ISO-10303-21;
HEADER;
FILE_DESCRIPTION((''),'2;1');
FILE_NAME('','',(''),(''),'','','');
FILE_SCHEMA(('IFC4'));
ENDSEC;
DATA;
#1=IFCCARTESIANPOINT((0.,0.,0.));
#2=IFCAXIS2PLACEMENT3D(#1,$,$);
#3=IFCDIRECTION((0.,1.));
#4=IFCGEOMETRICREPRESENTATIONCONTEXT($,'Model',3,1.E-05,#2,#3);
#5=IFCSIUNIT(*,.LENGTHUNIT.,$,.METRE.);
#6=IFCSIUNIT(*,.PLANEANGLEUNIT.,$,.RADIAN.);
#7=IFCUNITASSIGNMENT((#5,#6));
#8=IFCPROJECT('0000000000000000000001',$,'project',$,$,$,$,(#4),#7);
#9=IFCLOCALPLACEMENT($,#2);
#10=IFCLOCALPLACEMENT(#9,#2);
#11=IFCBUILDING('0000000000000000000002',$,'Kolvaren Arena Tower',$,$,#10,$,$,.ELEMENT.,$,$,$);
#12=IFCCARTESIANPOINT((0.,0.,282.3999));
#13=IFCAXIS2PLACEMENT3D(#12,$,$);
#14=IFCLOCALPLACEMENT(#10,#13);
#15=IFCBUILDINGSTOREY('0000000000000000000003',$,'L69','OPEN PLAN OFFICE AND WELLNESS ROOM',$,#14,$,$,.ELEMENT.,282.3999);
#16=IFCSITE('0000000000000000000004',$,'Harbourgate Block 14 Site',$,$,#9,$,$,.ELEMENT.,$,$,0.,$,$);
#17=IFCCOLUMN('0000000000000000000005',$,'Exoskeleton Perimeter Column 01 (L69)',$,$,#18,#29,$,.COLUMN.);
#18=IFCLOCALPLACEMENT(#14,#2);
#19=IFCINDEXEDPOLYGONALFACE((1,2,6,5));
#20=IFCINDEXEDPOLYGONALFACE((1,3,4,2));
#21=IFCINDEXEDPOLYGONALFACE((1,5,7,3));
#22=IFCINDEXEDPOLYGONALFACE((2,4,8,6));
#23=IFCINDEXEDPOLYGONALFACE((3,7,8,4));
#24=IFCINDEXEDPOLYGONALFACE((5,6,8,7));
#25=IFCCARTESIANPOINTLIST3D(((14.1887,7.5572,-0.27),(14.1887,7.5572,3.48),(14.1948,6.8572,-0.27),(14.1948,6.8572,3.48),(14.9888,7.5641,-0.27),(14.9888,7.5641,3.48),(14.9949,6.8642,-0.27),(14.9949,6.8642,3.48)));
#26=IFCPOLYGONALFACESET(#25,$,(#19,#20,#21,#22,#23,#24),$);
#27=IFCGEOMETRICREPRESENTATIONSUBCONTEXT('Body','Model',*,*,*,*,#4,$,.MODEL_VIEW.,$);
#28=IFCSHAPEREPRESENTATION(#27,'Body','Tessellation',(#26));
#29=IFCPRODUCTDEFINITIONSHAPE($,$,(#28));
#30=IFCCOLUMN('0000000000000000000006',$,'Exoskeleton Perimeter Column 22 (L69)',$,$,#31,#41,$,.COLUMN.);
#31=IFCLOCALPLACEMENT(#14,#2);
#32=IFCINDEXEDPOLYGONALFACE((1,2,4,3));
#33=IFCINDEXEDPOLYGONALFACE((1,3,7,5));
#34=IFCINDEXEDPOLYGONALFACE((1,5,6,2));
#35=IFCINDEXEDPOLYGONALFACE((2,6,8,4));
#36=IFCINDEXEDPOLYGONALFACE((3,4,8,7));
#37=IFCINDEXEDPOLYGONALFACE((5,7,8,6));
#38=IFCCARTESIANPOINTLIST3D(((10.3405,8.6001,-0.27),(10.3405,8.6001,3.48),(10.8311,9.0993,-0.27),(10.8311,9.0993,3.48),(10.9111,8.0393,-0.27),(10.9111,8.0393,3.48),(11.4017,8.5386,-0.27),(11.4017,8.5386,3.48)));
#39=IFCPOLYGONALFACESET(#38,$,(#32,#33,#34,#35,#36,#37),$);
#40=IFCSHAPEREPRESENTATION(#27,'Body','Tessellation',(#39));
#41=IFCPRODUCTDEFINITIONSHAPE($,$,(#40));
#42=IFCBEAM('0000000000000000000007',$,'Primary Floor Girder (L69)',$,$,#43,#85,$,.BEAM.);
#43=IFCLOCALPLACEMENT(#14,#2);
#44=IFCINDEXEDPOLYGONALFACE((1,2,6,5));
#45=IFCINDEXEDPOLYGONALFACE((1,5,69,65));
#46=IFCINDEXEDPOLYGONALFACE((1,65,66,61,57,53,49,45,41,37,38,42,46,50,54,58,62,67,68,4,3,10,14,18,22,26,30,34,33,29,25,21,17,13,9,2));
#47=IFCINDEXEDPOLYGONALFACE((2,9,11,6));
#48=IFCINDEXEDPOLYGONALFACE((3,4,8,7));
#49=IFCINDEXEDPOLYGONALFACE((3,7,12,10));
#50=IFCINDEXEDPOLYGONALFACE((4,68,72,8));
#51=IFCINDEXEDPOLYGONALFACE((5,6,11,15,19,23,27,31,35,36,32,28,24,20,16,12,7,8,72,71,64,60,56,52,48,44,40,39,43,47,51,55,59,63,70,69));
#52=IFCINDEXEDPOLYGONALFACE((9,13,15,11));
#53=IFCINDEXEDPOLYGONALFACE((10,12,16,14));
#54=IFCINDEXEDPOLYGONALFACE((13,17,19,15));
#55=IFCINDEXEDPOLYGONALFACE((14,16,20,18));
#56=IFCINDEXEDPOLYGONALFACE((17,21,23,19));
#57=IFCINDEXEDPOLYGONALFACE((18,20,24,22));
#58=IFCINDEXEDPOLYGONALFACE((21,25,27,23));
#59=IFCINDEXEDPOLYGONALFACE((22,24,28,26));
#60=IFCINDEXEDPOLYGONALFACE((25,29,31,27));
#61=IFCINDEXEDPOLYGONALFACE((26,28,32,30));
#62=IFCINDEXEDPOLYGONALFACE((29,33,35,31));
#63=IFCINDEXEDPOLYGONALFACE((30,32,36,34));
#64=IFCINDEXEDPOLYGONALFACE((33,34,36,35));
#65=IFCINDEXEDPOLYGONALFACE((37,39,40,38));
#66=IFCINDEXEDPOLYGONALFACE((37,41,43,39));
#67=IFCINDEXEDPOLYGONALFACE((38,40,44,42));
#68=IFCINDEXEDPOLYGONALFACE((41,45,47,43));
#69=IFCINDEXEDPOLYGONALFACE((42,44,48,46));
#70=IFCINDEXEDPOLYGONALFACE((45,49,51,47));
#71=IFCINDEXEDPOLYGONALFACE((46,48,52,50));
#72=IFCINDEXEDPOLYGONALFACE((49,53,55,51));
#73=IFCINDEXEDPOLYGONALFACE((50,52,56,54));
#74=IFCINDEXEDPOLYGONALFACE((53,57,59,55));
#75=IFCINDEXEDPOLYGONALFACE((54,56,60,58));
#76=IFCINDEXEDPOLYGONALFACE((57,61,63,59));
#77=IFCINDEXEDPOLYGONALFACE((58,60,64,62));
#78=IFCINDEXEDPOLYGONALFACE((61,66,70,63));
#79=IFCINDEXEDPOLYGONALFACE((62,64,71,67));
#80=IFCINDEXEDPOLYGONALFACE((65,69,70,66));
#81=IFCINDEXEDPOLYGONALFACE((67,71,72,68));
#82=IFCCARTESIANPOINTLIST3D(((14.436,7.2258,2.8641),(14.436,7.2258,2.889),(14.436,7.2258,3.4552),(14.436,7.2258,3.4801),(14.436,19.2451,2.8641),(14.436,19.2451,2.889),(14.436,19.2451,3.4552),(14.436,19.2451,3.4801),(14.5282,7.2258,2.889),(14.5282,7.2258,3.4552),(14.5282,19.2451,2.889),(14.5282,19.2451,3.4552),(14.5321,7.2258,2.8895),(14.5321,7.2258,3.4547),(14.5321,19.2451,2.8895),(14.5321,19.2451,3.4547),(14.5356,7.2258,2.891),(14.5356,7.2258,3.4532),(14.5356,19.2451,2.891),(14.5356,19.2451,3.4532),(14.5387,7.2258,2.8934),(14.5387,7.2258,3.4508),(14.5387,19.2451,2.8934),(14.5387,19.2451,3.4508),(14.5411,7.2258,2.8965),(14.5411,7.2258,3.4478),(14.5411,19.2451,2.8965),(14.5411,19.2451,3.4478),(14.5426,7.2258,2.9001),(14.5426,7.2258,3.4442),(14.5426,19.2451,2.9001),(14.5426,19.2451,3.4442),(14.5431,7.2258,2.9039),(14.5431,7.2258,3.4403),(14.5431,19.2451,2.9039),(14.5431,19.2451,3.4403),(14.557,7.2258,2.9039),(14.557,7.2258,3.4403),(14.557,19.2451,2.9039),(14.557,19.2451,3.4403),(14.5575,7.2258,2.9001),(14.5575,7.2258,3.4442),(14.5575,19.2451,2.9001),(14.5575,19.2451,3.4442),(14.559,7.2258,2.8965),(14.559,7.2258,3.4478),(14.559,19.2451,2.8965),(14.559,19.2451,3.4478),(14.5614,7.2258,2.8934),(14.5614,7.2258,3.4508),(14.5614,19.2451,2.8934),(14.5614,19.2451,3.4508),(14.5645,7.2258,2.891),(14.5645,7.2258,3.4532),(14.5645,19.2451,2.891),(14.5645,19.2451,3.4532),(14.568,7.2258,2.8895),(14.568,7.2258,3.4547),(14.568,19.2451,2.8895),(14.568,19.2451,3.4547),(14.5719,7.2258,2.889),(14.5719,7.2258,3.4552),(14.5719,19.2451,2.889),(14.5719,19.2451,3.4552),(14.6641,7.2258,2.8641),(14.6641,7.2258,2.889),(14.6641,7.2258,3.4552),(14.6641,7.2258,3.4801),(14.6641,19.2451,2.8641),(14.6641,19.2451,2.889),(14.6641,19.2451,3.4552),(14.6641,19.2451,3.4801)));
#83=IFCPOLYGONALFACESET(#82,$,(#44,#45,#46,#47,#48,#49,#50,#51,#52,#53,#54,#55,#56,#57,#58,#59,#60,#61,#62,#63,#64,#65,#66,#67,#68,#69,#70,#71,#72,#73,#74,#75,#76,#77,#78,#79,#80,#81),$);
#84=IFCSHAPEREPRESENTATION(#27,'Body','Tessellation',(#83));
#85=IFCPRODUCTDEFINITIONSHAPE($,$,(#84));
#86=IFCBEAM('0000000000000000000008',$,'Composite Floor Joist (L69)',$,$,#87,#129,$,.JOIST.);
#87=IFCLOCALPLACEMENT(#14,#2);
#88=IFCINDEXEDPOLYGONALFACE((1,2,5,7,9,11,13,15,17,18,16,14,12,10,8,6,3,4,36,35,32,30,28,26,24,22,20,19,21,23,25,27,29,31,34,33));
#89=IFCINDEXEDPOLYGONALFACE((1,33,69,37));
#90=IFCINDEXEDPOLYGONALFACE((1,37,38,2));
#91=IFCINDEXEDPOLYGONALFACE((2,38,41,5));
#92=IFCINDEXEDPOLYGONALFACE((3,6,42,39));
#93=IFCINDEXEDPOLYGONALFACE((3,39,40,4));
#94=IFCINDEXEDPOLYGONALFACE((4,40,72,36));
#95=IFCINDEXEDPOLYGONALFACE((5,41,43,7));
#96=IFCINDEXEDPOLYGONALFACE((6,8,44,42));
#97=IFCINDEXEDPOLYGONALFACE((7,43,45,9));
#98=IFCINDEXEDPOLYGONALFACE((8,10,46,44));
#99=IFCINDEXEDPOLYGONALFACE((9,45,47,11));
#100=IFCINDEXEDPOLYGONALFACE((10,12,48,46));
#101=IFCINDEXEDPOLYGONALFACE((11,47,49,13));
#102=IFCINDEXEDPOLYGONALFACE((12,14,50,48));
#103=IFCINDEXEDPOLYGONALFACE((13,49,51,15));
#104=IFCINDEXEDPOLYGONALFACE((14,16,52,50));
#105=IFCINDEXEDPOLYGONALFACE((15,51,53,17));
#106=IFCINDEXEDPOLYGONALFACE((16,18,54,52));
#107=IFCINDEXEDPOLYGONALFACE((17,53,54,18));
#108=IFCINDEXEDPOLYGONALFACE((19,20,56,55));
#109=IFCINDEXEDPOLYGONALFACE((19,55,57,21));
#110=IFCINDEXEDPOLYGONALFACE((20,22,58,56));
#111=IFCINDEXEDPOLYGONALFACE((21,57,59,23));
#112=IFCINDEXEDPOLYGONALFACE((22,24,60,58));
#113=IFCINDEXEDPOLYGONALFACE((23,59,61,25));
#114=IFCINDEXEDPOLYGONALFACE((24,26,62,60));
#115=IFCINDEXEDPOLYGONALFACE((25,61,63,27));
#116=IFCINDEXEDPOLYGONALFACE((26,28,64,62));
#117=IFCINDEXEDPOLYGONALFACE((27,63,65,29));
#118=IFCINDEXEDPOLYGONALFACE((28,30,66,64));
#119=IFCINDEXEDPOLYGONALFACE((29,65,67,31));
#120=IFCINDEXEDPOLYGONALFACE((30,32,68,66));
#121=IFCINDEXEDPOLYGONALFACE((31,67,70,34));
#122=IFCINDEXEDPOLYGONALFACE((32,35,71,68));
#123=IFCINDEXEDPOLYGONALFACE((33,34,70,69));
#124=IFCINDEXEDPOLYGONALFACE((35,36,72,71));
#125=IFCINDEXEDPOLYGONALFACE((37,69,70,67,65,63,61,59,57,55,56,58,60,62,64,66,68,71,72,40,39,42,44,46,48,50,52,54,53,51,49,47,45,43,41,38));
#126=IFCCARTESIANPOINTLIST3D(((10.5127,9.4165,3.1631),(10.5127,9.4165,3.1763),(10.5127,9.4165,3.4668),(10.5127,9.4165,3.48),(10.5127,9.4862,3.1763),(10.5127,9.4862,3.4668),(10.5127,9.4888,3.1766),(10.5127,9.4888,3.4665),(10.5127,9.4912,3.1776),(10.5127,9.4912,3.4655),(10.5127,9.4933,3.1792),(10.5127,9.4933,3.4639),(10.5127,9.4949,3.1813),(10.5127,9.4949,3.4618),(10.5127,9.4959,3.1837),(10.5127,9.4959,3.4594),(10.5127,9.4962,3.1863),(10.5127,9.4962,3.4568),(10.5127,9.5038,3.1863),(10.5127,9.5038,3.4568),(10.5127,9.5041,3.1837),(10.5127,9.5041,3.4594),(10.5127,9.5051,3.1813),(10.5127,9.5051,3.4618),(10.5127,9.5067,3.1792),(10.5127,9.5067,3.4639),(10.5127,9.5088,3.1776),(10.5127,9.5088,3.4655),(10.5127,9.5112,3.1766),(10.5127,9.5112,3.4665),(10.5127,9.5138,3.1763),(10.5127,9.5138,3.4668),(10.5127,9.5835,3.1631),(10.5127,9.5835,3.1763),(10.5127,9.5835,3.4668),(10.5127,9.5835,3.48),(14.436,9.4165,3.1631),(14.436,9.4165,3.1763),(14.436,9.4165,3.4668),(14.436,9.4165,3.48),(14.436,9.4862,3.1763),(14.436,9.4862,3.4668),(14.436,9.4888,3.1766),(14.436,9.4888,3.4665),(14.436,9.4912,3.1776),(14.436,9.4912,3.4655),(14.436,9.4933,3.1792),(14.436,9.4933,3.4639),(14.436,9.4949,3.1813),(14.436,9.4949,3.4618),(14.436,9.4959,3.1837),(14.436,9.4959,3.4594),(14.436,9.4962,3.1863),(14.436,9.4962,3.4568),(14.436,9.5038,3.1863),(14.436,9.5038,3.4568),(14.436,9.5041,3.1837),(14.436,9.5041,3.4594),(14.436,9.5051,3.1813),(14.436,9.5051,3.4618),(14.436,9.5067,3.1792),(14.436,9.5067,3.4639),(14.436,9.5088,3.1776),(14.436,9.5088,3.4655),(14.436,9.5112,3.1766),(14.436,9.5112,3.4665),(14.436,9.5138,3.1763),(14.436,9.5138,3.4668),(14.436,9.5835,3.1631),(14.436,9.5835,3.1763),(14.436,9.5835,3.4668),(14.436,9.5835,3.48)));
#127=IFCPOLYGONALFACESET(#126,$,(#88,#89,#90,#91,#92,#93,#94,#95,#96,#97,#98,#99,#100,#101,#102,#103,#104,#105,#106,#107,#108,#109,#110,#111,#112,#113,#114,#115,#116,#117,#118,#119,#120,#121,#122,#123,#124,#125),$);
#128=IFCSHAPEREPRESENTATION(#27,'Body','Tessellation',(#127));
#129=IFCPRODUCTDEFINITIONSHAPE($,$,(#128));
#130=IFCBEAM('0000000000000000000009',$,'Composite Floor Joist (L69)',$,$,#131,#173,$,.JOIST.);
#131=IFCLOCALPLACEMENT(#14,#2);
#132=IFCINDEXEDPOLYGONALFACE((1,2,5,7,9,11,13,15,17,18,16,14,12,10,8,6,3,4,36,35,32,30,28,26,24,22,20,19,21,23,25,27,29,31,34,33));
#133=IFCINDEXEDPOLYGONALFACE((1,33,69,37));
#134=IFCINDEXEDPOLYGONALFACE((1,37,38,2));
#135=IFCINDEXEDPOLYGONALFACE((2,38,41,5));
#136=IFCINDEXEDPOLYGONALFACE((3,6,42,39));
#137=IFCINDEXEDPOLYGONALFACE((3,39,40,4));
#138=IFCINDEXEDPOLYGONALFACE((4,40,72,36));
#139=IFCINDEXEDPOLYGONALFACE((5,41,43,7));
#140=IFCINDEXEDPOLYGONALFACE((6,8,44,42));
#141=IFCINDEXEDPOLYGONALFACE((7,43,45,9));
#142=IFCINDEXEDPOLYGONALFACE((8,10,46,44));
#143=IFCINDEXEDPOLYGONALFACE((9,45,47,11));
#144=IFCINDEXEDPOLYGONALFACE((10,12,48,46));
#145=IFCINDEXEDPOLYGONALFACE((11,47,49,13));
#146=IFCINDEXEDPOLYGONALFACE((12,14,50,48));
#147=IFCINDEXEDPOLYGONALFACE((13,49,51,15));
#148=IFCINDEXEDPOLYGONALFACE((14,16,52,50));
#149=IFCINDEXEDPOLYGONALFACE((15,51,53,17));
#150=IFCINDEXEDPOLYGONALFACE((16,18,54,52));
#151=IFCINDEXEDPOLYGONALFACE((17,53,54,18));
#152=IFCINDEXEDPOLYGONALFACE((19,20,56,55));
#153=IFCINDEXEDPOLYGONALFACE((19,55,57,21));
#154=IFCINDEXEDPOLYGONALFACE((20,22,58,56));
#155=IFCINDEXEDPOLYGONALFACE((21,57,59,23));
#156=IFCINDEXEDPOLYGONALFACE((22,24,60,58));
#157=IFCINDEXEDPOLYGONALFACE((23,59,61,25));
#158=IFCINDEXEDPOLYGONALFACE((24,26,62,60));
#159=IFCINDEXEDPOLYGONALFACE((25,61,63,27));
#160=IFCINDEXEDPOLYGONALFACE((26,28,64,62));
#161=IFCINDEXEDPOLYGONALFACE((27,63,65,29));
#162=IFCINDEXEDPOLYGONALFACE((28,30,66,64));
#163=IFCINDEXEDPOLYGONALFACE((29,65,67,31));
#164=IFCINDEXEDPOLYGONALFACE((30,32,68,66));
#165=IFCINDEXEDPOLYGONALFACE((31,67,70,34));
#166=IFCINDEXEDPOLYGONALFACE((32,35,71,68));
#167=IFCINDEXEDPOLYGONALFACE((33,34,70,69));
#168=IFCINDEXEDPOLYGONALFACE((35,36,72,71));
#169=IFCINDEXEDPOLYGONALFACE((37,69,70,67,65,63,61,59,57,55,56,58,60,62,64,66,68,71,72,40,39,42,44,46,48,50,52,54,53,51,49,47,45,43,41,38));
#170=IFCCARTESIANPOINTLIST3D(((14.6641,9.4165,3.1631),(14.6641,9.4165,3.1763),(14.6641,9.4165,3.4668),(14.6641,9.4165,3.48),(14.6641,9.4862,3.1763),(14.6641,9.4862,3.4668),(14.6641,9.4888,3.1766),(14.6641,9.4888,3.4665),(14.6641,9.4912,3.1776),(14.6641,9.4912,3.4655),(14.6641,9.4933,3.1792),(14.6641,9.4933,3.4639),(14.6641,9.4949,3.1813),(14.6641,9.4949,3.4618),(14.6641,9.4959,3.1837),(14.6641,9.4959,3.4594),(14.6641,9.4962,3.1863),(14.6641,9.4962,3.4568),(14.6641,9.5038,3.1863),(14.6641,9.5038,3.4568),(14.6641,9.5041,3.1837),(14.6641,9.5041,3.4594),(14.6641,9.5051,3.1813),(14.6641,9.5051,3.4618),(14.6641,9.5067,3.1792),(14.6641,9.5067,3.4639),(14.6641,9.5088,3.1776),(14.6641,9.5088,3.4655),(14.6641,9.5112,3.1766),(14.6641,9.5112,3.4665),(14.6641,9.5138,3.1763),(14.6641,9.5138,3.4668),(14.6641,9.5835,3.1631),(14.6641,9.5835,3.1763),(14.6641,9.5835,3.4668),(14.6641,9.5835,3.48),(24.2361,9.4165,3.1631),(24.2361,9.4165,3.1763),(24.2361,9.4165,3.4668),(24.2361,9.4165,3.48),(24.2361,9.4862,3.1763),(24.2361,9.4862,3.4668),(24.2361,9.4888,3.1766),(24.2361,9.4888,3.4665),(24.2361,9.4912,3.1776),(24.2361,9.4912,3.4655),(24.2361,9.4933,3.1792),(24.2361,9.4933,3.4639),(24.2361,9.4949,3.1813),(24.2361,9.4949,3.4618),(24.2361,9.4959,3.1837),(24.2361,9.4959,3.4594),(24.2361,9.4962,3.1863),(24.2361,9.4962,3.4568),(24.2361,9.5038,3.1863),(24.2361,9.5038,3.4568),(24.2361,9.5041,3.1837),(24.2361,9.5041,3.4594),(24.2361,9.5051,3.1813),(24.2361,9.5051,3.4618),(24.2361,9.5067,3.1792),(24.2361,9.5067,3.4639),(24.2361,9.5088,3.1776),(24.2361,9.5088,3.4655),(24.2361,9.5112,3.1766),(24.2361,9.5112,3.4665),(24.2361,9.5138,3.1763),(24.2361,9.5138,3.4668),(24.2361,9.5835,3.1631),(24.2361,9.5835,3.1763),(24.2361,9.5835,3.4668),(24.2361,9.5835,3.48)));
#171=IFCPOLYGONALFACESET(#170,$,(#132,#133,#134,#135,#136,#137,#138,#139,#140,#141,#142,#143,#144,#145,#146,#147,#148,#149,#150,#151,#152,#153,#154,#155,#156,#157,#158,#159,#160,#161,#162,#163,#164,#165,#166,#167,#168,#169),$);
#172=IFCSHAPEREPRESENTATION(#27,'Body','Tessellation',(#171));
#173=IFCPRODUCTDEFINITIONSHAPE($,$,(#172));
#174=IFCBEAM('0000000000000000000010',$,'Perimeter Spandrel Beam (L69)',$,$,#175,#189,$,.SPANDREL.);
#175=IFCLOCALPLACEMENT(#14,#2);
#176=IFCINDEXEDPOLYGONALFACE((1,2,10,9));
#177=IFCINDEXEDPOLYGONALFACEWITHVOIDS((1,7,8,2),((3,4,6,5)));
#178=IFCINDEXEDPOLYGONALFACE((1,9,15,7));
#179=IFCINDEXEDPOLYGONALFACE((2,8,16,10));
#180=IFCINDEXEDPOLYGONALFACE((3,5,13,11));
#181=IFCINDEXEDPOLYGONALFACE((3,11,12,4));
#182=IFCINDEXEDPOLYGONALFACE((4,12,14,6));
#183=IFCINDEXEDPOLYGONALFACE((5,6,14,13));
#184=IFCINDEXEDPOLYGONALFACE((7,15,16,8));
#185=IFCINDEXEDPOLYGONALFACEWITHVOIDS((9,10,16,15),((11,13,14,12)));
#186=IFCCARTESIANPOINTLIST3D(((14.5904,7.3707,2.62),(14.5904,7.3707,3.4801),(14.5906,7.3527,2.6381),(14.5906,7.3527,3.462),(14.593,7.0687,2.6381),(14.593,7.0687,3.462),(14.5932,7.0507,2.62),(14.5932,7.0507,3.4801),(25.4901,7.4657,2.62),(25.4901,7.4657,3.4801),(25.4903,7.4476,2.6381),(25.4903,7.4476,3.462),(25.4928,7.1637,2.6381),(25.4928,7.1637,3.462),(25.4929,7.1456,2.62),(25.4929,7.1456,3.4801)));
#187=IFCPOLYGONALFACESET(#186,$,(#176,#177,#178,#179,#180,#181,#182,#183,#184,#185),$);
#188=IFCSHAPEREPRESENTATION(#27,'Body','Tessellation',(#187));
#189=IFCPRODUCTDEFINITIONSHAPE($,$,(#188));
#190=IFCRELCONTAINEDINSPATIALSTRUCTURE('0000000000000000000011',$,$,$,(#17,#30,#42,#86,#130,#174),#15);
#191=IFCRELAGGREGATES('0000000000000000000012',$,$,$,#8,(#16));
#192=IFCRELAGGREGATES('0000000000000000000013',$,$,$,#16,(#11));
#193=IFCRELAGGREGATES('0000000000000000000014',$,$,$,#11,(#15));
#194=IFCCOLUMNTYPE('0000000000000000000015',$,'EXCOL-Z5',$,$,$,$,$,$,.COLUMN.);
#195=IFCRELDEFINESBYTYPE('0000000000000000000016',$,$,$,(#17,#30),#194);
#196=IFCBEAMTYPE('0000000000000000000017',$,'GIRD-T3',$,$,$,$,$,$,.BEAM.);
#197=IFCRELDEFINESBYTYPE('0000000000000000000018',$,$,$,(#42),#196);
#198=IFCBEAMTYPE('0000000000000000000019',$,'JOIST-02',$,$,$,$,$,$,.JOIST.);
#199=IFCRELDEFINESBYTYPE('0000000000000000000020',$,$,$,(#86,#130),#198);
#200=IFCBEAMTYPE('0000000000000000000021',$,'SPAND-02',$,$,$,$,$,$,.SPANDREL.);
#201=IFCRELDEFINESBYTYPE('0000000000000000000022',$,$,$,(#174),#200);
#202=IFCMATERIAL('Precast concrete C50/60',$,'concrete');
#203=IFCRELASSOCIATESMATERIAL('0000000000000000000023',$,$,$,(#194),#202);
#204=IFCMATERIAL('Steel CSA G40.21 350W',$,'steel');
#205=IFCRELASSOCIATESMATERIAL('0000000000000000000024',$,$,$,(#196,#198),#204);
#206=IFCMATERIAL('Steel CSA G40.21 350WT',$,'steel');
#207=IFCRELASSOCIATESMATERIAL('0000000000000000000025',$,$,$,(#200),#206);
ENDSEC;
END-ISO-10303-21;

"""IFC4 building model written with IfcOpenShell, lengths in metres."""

from ifc_helpers import new_model, si_unit, direction, frame, origin, origin_2d, place, context, subcontext, project, spatial, rectangle, hollow_rectangle, i_section, extrude, material, material_profile, profile_set, type_object, element, save


model = new_model("IFC4")

# Units and contexts
model_context = context("Model", 3, precision=1e-05, world=origin(), true_north=direction((0.0, 1.0)))
body_context = subcontext(model_context, "Body", "Model", "MODEL_VIEW")
ifc_project = project(units=[si_unit("LENGTHUNIT", "METRE"), si_unit("PLANEANGLEUNIT", "RADIAN")], contexts=[model_context])

# Site, building, storey
site_placement = place(None, origin())
site = spatial("IfcSite", under=ifc_project, at=site_placement, Name="Harbourgate Block 14 Site", CompositionType="ELEMENT", RefElevation=0.0)
building_placement = place(site_placement, origin())
building = spatial("IfcBuilding", under=site, at=building_placement, Name="Kolvaren Arena Tower", CompositionType="ELEMENT")
storey_placement = place(building_placement, frame((0.0, 0.0, 282.3999)))
storey = spatial("IfcBuildingStorey", under=building, at=storey_placement, Name="L69", Description="OPEN PLAN OFFICE AND WELLNESS ROOM", CompositionType="ELEMENT", Elevation=282.3999)

# Columns
ifc_material_1 = material(Name="Precast concrete C50/60", Category="concrete")
ifc_material_profile_1 = material_profile(ifc_material_1, rectangle(XDim=0.8, YDim=0.7, at=origin_2d()), Name="RC-800x700")
ifc_profile_set_1 = profile_set([ifc_material_profile_1], Name="Precast concrete C50/60")
column_type = type_object("IfcColumnType", Name="EXCOL-Z5", PredefinedType="COLUMN", material=ifc_profile_set_1)
for number, where, z_axis, x_axis, name in (
    (1, (14.5918, 7.2107, -0.27), (0.0, 0.0, 1.0), (0.999962, 0.008727, 0.0), "Exoskeleton Perimeter Column 01 (L69)"),
    (2, (10.8711, 8.5693, -0.27), (0.0, 0.0, 1.0), (-0.71325, 0.700909, 0.0), "Exoskeleton Perimeter Column 22 (L69)"),
):
    element("IfcColumn", number, at=place(storey_placement, frame(where, z_axis=z_axis, x_axis=x_axis)), inside=storey, type_object=column_type, Name=name, PredefinedType="COLUMN", context=body_context, shape_type="SweptSolid", body=[
        extrude(rectangle(XDim=0.8, YDim=0.7, at=origin_2d()), origin(), (0.0, 0.0, 1.0), 3.75),
    ])

# Beams
ifc_material_2 = material(Name="Steel CSA G40.21 350W", Category="steel")
ifc_material_profile_2 = material_profile(ifc_material_2, i_section(OverallWidth=0.228, OverallDepth=0.616, WebThickness=0.0139, FlangeThickness=0.0249, FilletRadius=0.0149, at=origin_2d()), Name="W610x174")
ifc_profile_set_2 = profile_set([ifc_material_profile_2], Name="Steel CSA G40.21 350W")
beam_type_1 = type_object("IfcBeamType", Name="GIRD-T3", PredefinedType="BEAM", material=ifc_profile_set_2)
beam_1_placement = place(storey_placement, frame((14.55, 7.2258, 3.1721), z_axis=(0.0, 1.0, 0.0), x_axis=(-1.0, 0.0, 0.0)))
element("IfcBeam", 3, at=beam_1_placement, inside=storey, type_object=beam_type_1, Name="Primary Floor Girder (L69)", PredefinedType="BEAM", context=body_context, shape_type="SweptSolid", body=[
    extrude(i_section(OverallWidth=0.228, OverallDepth=0.616, WebThickness=0.0139, FlangeThickness=0.0249, FilletRadius=0.0149, at=origin_2d()), origin(), (0.0, 0.0, 1.0), 12.0193),
])
ifc_material_profile_3 = material_profile(ifc_material_2, i_section(OverallWidth=0.167, OverallDepth=0.3169, WebThickness=0.0076, FlangeThickness=0.0132, FilletRadius=0.01, at=origin_2d()), Name="W310x52")
ifc_profile_set_3 = profile_set([ifc_material_profile_3], Name="Steel CSA G40.21 350W")
beam_type_2 = type_object("IfcBeamType", Name="JOIST-02", PredefinedType="JOIST", material=ifc_profile_set_3)
beam_2_placement = place(storey_placement, frame((10.5127, 9.5, 3.3215), z_axis=(1.0, 0.0, 0.0), x_axis=(0.0, 1.0, 0.0)))
element("IfcBeam", 4, at=beam_2_placement, inside=storey, type_object=beam_type_2, Name="Composite Floor Joist (L69)", PredefinedType="JOIST", context=body_context, shape_type="SweptSolid", body=[
    extrude(i_section(OverallWidth=0.167, OverallDepth=0.3169, WebThickness=0.0076, FlangeThickness=0.0132, FilletRadius=0.01, at=origin_2d()), origin(), (0.0, 0.0, 1.0), 3.9233),
])
beam_3_placement = place(storey_placement, frame((14.6641, 9.5, 3.3215), z_axis=(1.0, 0.0, 0.0), x_axis=(0.0, 1.0, 0.0)))
element("IfcBeam", 5, at=beam_3_placement, inside=storey, type_object=beam_type_2, Name="Composite Floor Joist (L69)", PredefinedType="JOIST", context=body_context, shape_type="SweptSolid", body=[
    extrude(i_section(OverallWidth=0.167, OverallDepth=0.3169, WebThickness=0.0076, FlangeThickness=0.0132, FilletRadius=0.01, at=origin_2d()), origin(), (0.0, 0.0, 1.0), 9.572),
])
ifc_material_3 = material(Name="Steel CSA G40.21 350WT", Category="steel")
ifc_material_profile_4 = material_profile(ifc_material_3, hollow_rectangle(XDim=0.3201, YDim=0.8601, WallThickness=0.0181, at=origin_2d()), Name="HSS 860x320x18")
ifc_profile_set_4 = profile_set([ifc_material_profile_4], Name="Steel CSA G40.21 350WT")
beam_type_3 = type_object("IfcBeamType", Name="SPAND-02", PredefinedType="SPANDREL", material=ifc_profile_set_4)
beam_4_placement = place(storey_placement, frame((14.5918, 7.2107, 3.05), z_axis=(0.999962, 0.008713, 0.0), x_axis=(-0.008713, 0.999962, 0.0)))
element("IfcBeam", 6, at=beam_4_placement, inside=storey, type_object=beam_type_3, Name="Perimeter Spandrel Beam (L69)", PredefinedType="SPANDREL", context=body_context, shape_type="SweptSolid", body=[
    extrude(hollow_rectangle(XDim=0.3201, YDim=0.8601, WallThickness=0.0181, at=origin_2d()), origin(), (0.0, 0.0, 1.0), 10.9001),
])

save(model, "model.ifc")
